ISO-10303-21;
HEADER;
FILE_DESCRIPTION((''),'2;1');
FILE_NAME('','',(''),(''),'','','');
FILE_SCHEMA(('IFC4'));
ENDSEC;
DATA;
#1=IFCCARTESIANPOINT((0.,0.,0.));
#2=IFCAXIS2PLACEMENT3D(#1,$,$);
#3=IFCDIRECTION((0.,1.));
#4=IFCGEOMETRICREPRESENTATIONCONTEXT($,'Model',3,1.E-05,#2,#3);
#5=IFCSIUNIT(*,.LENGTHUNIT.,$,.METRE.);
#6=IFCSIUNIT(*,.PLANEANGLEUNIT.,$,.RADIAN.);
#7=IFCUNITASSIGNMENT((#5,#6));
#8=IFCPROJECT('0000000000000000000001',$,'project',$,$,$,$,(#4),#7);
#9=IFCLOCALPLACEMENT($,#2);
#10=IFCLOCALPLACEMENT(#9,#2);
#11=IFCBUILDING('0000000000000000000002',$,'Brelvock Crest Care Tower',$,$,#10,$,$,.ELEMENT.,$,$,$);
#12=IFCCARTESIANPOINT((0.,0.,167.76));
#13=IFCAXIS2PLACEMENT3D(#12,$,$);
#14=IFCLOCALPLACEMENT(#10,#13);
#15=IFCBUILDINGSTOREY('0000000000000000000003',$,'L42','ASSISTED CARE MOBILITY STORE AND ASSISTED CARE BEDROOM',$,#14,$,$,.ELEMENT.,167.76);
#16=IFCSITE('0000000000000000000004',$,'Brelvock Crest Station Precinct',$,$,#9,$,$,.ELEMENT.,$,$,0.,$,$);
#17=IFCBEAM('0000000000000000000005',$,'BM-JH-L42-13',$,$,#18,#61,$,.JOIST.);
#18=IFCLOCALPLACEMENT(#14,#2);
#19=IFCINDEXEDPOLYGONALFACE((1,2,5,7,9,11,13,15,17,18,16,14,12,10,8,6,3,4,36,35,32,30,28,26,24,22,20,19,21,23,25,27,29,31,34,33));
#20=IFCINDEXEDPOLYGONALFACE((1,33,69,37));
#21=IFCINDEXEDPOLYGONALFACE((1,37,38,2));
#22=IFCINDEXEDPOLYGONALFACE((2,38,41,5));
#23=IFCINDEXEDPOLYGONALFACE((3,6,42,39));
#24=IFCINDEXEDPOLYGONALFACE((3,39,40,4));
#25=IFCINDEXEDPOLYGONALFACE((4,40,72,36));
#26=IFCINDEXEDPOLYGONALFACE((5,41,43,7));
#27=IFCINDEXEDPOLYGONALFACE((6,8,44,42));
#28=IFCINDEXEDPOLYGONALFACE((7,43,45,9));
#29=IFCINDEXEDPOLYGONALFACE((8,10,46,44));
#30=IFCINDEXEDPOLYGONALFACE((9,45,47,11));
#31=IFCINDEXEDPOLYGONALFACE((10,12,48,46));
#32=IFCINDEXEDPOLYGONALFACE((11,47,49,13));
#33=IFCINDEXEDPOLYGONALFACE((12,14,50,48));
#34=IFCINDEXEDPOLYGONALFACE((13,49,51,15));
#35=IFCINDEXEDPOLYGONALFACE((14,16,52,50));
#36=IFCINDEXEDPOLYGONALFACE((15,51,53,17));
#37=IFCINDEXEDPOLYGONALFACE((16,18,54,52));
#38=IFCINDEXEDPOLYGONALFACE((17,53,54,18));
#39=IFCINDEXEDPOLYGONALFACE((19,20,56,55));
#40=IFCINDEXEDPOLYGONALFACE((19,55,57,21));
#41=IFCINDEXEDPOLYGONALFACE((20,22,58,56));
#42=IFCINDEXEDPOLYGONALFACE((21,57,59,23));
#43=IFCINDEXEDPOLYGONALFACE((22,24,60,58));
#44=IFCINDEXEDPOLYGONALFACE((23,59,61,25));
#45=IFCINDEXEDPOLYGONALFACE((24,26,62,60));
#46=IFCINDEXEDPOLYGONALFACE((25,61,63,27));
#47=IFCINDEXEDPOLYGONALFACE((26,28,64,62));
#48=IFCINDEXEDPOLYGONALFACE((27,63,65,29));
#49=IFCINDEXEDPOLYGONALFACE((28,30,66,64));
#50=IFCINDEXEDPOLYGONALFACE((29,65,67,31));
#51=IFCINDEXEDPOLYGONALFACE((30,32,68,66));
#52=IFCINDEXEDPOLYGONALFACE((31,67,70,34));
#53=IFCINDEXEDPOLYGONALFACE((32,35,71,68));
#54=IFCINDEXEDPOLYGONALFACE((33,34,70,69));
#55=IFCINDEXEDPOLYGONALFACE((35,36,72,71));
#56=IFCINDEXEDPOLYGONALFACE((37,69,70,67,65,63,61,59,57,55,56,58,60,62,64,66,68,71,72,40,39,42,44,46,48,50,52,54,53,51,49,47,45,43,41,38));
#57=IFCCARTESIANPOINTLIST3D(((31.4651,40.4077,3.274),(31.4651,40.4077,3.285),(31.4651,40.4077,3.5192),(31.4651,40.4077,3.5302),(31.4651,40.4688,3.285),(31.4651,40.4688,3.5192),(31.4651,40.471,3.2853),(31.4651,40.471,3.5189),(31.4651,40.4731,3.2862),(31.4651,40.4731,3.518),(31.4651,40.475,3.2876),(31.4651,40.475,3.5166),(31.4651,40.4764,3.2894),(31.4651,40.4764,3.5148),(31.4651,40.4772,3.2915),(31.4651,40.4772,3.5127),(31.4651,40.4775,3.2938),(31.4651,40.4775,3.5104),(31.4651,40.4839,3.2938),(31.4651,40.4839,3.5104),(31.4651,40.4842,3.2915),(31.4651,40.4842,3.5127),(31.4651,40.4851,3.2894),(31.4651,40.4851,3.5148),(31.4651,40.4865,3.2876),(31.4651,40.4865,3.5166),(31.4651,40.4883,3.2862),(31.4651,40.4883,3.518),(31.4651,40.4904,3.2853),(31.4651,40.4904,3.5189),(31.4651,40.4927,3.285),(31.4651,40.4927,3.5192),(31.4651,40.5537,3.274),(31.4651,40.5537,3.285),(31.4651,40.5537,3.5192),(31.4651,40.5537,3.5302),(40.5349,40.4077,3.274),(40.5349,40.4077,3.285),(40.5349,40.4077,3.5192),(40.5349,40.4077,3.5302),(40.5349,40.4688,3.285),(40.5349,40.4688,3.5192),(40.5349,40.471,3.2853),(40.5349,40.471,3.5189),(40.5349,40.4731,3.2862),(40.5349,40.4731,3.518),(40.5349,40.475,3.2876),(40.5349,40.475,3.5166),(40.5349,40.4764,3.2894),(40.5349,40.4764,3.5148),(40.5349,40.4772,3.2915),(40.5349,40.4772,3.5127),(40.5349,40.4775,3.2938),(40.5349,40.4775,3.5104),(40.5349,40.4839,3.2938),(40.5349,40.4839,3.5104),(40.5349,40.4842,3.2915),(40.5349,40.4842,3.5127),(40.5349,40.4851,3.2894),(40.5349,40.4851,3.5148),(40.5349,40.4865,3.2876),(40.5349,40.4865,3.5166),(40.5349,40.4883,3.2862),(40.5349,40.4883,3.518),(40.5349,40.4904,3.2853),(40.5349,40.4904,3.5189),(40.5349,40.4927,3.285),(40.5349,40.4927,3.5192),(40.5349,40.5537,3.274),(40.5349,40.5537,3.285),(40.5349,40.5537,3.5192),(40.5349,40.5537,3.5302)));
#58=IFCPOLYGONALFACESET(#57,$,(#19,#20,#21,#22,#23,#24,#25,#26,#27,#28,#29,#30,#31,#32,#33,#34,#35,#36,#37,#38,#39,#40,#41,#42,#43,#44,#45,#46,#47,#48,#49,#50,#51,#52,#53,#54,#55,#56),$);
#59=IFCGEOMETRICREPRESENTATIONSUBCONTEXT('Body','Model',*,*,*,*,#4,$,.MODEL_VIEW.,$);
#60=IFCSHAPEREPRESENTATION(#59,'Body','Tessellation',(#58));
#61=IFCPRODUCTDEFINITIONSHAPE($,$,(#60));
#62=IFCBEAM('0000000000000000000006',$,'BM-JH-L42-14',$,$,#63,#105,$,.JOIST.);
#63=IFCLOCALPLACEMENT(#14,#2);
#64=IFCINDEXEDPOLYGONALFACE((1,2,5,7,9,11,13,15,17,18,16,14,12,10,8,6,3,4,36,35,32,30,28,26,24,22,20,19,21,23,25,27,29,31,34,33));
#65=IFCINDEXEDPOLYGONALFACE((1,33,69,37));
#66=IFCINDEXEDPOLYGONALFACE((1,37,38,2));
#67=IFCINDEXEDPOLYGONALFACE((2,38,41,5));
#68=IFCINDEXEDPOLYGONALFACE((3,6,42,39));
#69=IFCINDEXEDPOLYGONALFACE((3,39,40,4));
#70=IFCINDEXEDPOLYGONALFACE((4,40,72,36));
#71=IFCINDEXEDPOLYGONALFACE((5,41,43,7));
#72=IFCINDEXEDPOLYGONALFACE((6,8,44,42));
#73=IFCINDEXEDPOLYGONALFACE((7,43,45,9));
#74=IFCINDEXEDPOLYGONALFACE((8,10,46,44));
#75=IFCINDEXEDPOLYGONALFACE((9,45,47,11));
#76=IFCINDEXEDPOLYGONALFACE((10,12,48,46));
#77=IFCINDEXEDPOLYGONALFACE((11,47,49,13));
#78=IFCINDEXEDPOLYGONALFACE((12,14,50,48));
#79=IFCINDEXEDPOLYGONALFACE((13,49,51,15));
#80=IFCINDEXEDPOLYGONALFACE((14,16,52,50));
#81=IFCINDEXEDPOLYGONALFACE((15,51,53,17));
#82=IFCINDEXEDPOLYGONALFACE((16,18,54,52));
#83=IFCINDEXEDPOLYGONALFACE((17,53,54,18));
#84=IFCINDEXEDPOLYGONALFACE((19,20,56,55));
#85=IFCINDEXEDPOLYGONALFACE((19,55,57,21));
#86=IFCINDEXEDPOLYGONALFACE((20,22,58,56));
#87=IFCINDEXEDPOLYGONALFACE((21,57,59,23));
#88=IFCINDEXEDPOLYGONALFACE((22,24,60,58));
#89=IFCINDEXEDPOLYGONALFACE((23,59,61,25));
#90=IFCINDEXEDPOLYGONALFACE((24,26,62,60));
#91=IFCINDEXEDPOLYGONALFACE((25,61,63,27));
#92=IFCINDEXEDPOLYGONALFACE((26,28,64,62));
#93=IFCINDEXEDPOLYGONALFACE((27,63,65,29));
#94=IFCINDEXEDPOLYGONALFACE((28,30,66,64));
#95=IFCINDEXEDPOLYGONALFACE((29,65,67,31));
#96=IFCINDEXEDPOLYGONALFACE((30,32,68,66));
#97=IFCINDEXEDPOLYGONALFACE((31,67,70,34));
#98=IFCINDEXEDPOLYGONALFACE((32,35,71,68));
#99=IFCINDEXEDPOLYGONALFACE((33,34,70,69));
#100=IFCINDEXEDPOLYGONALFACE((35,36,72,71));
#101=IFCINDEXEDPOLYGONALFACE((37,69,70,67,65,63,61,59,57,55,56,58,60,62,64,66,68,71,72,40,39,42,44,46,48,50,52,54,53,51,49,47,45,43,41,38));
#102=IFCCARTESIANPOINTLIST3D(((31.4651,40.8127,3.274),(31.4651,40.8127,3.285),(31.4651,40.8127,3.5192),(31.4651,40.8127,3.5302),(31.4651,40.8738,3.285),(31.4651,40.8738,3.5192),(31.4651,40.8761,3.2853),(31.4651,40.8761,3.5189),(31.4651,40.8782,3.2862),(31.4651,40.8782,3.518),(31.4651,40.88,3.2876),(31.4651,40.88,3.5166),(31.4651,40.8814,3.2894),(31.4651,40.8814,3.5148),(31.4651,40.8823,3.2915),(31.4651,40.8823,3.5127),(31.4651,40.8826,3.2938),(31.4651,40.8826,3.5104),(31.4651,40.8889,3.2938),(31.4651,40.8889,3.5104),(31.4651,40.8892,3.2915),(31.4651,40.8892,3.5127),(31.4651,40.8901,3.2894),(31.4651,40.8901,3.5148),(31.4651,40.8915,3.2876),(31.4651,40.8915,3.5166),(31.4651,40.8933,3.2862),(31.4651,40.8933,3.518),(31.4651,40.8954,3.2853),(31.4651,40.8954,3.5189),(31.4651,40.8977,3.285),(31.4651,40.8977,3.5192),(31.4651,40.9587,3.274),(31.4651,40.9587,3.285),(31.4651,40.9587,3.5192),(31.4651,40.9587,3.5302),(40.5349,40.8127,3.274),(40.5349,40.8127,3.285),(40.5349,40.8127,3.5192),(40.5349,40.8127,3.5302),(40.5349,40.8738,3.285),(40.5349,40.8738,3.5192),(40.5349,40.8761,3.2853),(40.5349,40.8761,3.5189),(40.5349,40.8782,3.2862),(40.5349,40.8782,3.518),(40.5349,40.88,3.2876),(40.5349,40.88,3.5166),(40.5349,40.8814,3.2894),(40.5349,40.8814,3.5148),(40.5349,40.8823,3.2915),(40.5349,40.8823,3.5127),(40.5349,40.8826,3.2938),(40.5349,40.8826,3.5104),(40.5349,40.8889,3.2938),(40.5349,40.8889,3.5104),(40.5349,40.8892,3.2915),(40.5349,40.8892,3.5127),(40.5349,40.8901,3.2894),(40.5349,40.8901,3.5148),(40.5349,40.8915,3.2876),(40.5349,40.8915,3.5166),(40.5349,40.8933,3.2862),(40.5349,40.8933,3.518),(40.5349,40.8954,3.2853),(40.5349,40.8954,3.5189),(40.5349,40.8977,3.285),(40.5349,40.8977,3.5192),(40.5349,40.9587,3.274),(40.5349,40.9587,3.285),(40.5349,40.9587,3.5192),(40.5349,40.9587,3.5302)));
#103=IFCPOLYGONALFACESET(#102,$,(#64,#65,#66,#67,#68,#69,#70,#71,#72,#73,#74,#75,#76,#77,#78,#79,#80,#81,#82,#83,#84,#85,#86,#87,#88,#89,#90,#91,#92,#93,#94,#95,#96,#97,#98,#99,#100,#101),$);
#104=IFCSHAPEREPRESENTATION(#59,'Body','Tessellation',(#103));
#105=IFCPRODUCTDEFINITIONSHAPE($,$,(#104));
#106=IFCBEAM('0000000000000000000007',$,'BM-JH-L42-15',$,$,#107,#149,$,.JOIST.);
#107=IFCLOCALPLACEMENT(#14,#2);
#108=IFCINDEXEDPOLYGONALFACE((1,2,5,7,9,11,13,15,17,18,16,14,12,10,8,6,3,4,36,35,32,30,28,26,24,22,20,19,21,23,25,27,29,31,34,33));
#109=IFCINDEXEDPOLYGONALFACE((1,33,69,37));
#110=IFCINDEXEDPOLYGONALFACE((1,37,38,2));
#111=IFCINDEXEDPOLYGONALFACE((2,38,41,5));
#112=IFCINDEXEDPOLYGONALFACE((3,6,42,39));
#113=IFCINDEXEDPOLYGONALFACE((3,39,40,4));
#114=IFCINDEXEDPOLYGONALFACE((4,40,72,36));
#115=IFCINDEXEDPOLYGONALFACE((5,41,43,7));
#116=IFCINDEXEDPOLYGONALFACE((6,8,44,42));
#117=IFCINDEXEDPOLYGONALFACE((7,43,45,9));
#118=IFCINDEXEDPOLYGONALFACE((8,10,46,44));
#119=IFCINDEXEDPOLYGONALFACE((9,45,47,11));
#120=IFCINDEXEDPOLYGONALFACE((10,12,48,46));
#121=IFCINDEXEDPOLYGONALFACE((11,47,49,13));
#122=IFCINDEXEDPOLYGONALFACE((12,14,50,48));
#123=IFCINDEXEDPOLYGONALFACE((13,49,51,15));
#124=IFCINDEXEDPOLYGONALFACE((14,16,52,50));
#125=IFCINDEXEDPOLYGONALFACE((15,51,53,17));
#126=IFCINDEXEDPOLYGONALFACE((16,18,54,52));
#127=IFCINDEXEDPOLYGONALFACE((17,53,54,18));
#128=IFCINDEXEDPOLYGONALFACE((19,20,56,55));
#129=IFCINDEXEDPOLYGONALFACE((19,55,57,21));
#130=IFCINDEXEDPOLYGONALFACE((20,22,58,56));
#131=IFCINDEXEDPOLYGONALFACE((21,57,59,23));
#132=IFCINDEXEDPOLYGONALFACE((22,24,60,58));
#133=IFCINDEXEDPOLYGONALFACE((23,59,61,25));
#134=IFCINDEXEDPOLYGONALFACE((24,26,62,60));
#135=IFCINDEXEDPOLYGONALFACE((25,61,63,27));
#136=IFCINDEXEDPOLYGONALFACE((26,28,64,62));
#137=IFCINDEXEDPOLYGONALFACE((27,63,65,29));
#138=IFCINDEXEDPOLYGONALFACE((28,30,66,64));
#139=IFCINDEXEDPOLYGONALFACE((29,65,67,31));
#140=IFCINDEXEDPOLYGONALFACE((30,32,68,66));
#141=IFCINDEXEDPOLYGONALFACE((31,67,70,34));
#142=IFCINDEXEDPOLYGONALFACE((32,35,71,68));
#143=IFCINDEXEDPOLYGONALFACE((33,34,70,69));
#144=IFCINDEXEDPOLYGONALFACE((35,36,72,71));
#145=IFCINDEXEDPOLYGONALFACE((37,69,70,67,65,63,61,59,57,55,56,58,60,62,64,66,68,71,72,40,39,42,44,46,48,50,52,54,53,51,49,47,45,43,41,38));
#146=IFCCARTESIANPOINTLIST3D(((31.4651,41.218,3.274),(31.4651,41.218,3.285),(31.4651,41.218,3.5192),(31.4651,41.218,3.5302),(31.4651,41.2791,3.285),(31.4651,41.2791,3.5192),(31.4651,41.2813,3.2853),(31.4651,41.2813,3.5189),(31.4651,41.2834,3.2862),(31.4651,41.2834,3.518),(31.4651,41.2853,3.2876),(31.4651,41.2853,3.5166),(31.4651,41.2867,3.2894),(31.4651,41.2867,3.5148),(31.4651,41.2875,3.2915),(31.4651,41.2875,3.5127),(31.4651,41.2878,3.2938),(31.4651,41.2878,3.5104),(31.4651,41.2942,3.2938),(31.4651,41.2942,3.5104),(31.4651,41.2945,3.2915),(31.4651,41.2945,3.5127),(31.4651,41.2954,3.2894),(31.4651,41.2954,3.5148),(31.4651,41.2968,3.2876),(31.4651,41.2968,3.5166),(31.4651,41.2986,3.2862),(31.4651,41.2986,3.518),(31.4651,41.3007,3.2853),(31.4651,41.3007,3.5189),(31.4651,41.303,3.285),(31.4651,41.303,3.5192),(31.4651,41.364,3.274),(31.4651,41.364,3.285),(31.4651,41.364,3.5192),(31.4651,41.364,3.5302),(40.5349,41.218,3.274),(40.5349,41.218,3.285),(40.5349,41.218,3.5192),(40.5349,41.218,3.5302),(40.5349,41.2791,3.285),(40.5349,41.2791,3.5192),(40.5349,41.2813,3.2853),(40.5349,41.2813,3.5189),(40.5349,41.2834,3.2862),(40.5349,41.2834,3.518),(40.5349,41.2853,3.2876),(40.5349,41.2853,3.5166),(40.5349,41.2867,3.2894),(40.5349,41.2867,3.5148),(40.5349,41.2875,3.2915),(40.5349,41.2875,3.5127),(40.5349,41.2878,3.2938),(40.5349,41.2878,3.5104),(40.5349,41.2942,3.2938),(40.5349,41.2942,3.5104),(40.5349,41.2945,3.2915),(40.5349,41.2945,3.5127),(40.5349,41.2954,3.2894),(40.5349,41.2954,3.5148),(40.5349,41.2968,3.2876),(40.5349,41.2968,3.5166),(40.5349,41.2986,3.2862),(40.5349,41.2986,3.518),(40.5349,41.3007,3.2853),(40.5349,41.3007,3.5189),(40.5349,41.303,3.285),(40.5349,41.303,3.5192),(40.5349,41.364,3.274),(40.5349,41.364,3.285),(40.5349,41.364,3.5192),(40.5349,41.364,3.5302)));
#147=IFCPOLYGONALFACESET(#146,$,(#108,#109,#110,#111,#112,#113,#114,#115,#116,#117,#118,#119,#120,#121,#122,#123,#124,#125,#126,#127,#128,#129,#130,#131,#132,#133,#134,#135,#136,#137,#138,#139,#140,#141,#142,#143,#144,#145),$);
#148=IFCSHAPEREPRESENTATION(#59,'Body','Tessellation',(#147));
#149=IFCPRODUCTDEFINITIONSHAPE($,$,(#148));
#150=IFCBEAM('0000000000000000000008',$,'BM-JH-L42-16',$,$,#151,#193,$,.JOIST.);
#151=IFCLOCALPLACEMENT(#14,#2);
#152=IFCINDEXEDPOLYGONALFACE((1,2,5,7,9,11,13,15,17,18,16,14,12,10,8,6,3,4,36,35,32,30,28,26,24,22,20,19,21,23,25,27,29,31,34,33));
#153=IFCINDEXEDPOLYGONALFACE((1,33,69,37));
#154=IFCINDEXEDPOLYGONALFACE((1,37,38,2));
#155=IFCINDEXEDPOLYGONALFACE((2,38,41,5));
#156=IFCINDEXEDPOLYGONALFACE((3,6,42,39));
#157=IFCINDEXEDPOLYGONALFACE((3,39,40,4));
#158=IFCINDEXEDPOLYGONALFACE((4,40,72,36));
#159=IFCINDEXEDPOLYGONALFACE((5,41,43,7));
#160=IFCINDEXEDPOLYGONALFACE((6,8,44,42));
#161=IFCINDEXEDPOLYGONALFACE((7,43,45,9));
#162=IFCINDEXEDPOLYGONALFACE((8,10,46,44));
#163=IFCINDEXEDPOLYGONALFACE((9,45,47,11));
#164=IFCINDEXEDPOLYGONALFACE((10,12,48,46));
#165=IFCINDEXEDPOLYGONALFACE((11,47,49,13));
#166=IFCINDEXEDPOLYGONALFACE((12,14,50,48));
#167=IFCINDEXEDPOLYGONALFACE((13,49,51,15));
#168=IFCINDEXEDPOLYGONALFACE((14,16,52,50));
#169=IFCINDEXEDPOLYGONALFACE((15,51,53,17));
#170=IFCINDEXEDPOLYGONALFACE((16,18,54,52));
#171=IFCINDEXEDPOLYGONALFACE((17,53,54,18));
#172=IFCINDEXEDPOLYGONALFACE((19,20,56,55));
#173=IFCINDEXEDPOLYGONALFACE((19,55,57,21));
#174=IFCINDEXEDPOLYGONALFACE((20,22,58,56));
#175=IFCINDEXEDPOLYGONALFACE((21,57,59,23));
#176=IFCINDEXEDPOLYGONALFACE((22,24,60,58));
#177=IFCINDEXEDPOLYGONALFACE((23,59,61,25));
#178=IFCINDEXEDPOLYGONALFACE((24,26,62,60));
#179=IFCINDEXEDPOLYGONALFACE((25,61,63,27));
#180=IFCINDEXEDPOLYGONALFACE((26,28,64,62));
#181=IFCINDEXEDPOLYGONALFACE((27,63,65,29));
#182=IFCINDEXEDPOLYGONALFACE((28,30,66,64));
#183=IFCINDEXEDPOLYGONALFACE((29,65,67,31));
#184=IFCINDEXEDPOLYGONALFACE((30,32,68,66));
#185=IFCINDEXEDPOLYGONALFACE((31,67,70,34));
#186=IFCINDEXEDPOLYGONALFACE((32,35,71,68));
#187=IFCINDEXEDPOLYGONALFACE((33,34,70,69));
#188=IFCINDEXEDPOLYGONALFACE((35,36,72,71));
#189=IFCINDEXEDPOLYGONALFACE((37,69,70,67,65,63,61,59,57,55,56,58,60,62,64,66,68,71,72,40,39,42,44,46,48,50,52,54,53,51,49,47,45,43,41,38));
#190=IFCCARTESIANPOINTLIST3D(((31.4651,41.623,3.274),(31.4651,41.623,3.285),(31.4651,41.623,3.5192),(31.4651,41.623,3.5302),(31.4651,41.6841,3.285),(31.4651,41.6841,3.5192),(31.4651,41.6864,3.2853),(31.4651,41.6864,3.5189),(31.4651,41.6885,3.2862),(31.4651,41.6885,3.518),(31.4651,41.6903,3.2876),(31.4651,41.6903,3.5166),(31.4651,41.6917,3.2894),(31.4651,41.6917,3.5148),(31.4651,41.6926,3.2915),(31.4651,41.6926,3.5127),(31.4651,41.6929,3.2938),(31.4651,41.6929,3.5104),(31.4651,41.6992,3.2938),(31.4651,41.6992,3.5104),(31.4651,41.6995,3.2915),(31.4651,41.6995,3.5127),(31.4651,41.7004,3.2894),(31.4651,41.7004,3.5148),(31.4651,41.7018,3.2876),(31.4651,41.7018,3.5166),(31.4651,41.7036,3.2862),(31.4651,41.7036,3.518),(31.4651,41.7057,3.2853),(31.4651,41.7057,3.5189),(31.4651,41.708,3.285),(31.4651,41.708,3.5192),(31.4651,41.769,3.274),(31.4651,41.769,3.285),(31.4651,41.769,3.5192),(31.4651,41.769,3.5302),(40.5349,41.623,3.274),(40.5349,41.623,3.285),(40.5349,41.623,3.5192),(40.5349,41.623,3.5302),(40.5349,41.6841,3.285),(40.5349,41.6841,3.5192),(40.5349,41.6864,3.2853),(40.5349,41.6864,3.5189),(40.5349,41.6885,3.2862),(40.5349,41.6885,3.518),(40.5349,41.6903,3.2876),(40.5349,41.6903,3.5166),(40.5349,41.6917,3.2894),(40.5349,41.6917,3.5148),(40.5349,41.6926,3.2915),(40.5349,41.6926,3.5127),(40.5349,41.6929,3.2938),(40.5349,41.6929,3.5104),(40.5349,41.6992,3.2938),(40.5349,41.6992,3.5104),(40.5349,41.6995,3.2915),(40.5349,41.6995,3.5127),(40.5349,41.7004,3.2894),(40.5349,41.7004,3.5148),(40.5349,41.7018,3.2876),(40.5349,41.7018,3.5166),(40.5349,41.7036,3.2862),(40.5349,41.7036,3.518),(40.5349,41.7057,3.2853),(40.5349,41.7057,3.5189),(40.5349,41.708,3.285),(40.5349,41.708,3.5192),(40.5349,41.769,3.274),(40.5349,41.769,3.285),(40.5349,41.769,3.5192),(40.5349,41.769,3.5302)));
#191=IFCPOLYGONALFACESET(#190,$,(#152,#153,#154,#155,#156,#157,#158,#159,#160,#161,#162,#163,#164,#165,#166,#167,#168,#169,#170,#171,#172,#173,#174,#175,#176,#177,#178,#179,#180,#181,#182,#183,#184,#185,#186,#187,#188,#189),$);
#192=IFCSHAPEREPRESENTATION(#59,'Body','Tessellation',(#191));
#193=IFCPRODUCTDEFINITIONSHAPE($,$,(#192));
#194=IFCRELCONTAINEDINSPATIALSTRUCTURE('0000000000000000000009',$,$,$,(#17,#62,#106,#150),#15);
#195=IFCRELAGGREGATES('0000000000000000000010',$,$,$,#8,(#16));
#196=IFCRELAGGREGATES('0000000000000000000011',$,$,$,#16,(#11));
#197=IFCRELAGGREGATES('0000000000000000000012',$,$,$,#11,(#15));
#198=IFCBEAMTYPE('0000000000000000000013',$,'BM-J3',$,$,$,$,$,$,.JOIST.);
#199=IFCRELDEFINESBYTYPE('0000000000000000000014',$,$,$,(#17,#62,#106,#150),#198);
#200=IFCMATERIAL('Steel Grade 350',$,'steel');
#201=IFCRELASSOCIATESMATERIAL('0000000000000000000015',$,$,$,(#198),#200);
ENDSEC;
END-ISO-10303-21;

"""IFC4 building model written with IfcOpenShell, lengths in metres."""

from ifc_helpers import new_model, si_unit, direction, frame, origin, origin_2d, place, context, subcontext, project, spatial, i_section, extrude, source, transform, mapped, material, material_profile, profile_set, type_object, element, save


model = new_model("IFC4")

# Units and contexts
model_context = context("Model", 3, precision=1e-05, world=origin(), true_north=direction((0.0, 1.0)))
body_context = subcontext(model_context, "Body", "Model", "MODEL_VIEW")
ifc_project = project(units=[si_unit("LENGTHUNIT", "METRE"), si_unit("PLANEANGLEUNIT", "RADIAN")], contexts=[model_context])

# Site, building, storey
site_placement = place(None, origin())
site = spatial("IfcSite", under=ifc_project, at=site_placement, Name="Brelvock Crest Station Precinct", CompositionType="ELEMENT", RefElevation=0.0)
building_placement = place(site_placement, origin())
building = spatial("IfcBuilding", under=site, at=building_placement, Name="Brelvock Crest Care Tower", CompositionType="ELEMENT")
storey_placement = place(building_placement, frame((0.0, 0.0, 167.76)))
storey = spatial("IfcBuildingStorey", under=building, at=storey_placement, Name="L42", Description="ASSISTED CARE MOBILITY STORE AND ASSISTED CARE BEDROOM", CompositionType="ELEMENT", Elevation=167.76)

# Beams
ifc_material_1 = material(Name="Steel Grade 350", Category="steel")
ifc_material_profile_1 = material_profile(ifc_material_1, i_section(OverallWidth=0.146, OverallDepth=0.2561, WebThickness=0.0063, FlangeThickness=0.011, FilletRadius=0.0088, at=origin_2d()), Name="250UB37.3")
ifc_profile_set_1 = profile_set([ifc_material_profile_1], Name="Steel Grade 350")
beam_type_1 = type_object("IfcBeamType", Name="BM-J3", PredefinedType="JOIST", material=ifc_profile_set_1)
shared_shape_1 = source(origin(), body_context, "Body", "SweptSolid", [
    extrude(i_section(OverallWidth=0.146, OverallDepth=0.2561, WebThickness=0.0063, FlangeThickness=0.011, FilletRadius=0.0088, at=origin_2d()), origin(), (0.0, 0.0, 1.0), 9.0698),
])
for number, where, z_axis, x_axis, name in (
    (1, (31.4651, 40.4807, 3.4021), (1.0, 0.0, 0.0), (0.0, 1.0, 0.0), "BM-JH-L42-13"),
    (2, (31.4651, 40.8857, 3.4021), (1.0, 0.0, 0.0), (0.0, 1.0, 0.0), "BM-JH-L42-14"),
    (3, (31.4651, 41.291, 3.4021), (1.0, 0.0, 0.0), (0.0, 1.0, 0.0), "BM-JH-L42-15"),
    (4, (31.4651, 41.696, 3.4021), (1.0, 0.0, 0.0), (0.0, 1.0, 0.0), "BM-JH-L42-16"),
):
    element("IfcBeam", number, at=place(storey_placement, frame(where, z_axis=z_axis, x_axis=x_axis)), inside=storey, type_object=beam_type_1, Name=name, PredefinedType="JOIST", context=body_context, shape_type="MappedRepresentation", body=[
        mapped(shared_shape_1, transform((0.0, 0.0, 0.0), x_axis=(1.0, 0.0, 0.0), y_axis=(0.0, 1.0, 0.0), z_axis=(0.0, 0.0, 1.0), scale=1.0)),
    ])

save(model, "model.ifc")
